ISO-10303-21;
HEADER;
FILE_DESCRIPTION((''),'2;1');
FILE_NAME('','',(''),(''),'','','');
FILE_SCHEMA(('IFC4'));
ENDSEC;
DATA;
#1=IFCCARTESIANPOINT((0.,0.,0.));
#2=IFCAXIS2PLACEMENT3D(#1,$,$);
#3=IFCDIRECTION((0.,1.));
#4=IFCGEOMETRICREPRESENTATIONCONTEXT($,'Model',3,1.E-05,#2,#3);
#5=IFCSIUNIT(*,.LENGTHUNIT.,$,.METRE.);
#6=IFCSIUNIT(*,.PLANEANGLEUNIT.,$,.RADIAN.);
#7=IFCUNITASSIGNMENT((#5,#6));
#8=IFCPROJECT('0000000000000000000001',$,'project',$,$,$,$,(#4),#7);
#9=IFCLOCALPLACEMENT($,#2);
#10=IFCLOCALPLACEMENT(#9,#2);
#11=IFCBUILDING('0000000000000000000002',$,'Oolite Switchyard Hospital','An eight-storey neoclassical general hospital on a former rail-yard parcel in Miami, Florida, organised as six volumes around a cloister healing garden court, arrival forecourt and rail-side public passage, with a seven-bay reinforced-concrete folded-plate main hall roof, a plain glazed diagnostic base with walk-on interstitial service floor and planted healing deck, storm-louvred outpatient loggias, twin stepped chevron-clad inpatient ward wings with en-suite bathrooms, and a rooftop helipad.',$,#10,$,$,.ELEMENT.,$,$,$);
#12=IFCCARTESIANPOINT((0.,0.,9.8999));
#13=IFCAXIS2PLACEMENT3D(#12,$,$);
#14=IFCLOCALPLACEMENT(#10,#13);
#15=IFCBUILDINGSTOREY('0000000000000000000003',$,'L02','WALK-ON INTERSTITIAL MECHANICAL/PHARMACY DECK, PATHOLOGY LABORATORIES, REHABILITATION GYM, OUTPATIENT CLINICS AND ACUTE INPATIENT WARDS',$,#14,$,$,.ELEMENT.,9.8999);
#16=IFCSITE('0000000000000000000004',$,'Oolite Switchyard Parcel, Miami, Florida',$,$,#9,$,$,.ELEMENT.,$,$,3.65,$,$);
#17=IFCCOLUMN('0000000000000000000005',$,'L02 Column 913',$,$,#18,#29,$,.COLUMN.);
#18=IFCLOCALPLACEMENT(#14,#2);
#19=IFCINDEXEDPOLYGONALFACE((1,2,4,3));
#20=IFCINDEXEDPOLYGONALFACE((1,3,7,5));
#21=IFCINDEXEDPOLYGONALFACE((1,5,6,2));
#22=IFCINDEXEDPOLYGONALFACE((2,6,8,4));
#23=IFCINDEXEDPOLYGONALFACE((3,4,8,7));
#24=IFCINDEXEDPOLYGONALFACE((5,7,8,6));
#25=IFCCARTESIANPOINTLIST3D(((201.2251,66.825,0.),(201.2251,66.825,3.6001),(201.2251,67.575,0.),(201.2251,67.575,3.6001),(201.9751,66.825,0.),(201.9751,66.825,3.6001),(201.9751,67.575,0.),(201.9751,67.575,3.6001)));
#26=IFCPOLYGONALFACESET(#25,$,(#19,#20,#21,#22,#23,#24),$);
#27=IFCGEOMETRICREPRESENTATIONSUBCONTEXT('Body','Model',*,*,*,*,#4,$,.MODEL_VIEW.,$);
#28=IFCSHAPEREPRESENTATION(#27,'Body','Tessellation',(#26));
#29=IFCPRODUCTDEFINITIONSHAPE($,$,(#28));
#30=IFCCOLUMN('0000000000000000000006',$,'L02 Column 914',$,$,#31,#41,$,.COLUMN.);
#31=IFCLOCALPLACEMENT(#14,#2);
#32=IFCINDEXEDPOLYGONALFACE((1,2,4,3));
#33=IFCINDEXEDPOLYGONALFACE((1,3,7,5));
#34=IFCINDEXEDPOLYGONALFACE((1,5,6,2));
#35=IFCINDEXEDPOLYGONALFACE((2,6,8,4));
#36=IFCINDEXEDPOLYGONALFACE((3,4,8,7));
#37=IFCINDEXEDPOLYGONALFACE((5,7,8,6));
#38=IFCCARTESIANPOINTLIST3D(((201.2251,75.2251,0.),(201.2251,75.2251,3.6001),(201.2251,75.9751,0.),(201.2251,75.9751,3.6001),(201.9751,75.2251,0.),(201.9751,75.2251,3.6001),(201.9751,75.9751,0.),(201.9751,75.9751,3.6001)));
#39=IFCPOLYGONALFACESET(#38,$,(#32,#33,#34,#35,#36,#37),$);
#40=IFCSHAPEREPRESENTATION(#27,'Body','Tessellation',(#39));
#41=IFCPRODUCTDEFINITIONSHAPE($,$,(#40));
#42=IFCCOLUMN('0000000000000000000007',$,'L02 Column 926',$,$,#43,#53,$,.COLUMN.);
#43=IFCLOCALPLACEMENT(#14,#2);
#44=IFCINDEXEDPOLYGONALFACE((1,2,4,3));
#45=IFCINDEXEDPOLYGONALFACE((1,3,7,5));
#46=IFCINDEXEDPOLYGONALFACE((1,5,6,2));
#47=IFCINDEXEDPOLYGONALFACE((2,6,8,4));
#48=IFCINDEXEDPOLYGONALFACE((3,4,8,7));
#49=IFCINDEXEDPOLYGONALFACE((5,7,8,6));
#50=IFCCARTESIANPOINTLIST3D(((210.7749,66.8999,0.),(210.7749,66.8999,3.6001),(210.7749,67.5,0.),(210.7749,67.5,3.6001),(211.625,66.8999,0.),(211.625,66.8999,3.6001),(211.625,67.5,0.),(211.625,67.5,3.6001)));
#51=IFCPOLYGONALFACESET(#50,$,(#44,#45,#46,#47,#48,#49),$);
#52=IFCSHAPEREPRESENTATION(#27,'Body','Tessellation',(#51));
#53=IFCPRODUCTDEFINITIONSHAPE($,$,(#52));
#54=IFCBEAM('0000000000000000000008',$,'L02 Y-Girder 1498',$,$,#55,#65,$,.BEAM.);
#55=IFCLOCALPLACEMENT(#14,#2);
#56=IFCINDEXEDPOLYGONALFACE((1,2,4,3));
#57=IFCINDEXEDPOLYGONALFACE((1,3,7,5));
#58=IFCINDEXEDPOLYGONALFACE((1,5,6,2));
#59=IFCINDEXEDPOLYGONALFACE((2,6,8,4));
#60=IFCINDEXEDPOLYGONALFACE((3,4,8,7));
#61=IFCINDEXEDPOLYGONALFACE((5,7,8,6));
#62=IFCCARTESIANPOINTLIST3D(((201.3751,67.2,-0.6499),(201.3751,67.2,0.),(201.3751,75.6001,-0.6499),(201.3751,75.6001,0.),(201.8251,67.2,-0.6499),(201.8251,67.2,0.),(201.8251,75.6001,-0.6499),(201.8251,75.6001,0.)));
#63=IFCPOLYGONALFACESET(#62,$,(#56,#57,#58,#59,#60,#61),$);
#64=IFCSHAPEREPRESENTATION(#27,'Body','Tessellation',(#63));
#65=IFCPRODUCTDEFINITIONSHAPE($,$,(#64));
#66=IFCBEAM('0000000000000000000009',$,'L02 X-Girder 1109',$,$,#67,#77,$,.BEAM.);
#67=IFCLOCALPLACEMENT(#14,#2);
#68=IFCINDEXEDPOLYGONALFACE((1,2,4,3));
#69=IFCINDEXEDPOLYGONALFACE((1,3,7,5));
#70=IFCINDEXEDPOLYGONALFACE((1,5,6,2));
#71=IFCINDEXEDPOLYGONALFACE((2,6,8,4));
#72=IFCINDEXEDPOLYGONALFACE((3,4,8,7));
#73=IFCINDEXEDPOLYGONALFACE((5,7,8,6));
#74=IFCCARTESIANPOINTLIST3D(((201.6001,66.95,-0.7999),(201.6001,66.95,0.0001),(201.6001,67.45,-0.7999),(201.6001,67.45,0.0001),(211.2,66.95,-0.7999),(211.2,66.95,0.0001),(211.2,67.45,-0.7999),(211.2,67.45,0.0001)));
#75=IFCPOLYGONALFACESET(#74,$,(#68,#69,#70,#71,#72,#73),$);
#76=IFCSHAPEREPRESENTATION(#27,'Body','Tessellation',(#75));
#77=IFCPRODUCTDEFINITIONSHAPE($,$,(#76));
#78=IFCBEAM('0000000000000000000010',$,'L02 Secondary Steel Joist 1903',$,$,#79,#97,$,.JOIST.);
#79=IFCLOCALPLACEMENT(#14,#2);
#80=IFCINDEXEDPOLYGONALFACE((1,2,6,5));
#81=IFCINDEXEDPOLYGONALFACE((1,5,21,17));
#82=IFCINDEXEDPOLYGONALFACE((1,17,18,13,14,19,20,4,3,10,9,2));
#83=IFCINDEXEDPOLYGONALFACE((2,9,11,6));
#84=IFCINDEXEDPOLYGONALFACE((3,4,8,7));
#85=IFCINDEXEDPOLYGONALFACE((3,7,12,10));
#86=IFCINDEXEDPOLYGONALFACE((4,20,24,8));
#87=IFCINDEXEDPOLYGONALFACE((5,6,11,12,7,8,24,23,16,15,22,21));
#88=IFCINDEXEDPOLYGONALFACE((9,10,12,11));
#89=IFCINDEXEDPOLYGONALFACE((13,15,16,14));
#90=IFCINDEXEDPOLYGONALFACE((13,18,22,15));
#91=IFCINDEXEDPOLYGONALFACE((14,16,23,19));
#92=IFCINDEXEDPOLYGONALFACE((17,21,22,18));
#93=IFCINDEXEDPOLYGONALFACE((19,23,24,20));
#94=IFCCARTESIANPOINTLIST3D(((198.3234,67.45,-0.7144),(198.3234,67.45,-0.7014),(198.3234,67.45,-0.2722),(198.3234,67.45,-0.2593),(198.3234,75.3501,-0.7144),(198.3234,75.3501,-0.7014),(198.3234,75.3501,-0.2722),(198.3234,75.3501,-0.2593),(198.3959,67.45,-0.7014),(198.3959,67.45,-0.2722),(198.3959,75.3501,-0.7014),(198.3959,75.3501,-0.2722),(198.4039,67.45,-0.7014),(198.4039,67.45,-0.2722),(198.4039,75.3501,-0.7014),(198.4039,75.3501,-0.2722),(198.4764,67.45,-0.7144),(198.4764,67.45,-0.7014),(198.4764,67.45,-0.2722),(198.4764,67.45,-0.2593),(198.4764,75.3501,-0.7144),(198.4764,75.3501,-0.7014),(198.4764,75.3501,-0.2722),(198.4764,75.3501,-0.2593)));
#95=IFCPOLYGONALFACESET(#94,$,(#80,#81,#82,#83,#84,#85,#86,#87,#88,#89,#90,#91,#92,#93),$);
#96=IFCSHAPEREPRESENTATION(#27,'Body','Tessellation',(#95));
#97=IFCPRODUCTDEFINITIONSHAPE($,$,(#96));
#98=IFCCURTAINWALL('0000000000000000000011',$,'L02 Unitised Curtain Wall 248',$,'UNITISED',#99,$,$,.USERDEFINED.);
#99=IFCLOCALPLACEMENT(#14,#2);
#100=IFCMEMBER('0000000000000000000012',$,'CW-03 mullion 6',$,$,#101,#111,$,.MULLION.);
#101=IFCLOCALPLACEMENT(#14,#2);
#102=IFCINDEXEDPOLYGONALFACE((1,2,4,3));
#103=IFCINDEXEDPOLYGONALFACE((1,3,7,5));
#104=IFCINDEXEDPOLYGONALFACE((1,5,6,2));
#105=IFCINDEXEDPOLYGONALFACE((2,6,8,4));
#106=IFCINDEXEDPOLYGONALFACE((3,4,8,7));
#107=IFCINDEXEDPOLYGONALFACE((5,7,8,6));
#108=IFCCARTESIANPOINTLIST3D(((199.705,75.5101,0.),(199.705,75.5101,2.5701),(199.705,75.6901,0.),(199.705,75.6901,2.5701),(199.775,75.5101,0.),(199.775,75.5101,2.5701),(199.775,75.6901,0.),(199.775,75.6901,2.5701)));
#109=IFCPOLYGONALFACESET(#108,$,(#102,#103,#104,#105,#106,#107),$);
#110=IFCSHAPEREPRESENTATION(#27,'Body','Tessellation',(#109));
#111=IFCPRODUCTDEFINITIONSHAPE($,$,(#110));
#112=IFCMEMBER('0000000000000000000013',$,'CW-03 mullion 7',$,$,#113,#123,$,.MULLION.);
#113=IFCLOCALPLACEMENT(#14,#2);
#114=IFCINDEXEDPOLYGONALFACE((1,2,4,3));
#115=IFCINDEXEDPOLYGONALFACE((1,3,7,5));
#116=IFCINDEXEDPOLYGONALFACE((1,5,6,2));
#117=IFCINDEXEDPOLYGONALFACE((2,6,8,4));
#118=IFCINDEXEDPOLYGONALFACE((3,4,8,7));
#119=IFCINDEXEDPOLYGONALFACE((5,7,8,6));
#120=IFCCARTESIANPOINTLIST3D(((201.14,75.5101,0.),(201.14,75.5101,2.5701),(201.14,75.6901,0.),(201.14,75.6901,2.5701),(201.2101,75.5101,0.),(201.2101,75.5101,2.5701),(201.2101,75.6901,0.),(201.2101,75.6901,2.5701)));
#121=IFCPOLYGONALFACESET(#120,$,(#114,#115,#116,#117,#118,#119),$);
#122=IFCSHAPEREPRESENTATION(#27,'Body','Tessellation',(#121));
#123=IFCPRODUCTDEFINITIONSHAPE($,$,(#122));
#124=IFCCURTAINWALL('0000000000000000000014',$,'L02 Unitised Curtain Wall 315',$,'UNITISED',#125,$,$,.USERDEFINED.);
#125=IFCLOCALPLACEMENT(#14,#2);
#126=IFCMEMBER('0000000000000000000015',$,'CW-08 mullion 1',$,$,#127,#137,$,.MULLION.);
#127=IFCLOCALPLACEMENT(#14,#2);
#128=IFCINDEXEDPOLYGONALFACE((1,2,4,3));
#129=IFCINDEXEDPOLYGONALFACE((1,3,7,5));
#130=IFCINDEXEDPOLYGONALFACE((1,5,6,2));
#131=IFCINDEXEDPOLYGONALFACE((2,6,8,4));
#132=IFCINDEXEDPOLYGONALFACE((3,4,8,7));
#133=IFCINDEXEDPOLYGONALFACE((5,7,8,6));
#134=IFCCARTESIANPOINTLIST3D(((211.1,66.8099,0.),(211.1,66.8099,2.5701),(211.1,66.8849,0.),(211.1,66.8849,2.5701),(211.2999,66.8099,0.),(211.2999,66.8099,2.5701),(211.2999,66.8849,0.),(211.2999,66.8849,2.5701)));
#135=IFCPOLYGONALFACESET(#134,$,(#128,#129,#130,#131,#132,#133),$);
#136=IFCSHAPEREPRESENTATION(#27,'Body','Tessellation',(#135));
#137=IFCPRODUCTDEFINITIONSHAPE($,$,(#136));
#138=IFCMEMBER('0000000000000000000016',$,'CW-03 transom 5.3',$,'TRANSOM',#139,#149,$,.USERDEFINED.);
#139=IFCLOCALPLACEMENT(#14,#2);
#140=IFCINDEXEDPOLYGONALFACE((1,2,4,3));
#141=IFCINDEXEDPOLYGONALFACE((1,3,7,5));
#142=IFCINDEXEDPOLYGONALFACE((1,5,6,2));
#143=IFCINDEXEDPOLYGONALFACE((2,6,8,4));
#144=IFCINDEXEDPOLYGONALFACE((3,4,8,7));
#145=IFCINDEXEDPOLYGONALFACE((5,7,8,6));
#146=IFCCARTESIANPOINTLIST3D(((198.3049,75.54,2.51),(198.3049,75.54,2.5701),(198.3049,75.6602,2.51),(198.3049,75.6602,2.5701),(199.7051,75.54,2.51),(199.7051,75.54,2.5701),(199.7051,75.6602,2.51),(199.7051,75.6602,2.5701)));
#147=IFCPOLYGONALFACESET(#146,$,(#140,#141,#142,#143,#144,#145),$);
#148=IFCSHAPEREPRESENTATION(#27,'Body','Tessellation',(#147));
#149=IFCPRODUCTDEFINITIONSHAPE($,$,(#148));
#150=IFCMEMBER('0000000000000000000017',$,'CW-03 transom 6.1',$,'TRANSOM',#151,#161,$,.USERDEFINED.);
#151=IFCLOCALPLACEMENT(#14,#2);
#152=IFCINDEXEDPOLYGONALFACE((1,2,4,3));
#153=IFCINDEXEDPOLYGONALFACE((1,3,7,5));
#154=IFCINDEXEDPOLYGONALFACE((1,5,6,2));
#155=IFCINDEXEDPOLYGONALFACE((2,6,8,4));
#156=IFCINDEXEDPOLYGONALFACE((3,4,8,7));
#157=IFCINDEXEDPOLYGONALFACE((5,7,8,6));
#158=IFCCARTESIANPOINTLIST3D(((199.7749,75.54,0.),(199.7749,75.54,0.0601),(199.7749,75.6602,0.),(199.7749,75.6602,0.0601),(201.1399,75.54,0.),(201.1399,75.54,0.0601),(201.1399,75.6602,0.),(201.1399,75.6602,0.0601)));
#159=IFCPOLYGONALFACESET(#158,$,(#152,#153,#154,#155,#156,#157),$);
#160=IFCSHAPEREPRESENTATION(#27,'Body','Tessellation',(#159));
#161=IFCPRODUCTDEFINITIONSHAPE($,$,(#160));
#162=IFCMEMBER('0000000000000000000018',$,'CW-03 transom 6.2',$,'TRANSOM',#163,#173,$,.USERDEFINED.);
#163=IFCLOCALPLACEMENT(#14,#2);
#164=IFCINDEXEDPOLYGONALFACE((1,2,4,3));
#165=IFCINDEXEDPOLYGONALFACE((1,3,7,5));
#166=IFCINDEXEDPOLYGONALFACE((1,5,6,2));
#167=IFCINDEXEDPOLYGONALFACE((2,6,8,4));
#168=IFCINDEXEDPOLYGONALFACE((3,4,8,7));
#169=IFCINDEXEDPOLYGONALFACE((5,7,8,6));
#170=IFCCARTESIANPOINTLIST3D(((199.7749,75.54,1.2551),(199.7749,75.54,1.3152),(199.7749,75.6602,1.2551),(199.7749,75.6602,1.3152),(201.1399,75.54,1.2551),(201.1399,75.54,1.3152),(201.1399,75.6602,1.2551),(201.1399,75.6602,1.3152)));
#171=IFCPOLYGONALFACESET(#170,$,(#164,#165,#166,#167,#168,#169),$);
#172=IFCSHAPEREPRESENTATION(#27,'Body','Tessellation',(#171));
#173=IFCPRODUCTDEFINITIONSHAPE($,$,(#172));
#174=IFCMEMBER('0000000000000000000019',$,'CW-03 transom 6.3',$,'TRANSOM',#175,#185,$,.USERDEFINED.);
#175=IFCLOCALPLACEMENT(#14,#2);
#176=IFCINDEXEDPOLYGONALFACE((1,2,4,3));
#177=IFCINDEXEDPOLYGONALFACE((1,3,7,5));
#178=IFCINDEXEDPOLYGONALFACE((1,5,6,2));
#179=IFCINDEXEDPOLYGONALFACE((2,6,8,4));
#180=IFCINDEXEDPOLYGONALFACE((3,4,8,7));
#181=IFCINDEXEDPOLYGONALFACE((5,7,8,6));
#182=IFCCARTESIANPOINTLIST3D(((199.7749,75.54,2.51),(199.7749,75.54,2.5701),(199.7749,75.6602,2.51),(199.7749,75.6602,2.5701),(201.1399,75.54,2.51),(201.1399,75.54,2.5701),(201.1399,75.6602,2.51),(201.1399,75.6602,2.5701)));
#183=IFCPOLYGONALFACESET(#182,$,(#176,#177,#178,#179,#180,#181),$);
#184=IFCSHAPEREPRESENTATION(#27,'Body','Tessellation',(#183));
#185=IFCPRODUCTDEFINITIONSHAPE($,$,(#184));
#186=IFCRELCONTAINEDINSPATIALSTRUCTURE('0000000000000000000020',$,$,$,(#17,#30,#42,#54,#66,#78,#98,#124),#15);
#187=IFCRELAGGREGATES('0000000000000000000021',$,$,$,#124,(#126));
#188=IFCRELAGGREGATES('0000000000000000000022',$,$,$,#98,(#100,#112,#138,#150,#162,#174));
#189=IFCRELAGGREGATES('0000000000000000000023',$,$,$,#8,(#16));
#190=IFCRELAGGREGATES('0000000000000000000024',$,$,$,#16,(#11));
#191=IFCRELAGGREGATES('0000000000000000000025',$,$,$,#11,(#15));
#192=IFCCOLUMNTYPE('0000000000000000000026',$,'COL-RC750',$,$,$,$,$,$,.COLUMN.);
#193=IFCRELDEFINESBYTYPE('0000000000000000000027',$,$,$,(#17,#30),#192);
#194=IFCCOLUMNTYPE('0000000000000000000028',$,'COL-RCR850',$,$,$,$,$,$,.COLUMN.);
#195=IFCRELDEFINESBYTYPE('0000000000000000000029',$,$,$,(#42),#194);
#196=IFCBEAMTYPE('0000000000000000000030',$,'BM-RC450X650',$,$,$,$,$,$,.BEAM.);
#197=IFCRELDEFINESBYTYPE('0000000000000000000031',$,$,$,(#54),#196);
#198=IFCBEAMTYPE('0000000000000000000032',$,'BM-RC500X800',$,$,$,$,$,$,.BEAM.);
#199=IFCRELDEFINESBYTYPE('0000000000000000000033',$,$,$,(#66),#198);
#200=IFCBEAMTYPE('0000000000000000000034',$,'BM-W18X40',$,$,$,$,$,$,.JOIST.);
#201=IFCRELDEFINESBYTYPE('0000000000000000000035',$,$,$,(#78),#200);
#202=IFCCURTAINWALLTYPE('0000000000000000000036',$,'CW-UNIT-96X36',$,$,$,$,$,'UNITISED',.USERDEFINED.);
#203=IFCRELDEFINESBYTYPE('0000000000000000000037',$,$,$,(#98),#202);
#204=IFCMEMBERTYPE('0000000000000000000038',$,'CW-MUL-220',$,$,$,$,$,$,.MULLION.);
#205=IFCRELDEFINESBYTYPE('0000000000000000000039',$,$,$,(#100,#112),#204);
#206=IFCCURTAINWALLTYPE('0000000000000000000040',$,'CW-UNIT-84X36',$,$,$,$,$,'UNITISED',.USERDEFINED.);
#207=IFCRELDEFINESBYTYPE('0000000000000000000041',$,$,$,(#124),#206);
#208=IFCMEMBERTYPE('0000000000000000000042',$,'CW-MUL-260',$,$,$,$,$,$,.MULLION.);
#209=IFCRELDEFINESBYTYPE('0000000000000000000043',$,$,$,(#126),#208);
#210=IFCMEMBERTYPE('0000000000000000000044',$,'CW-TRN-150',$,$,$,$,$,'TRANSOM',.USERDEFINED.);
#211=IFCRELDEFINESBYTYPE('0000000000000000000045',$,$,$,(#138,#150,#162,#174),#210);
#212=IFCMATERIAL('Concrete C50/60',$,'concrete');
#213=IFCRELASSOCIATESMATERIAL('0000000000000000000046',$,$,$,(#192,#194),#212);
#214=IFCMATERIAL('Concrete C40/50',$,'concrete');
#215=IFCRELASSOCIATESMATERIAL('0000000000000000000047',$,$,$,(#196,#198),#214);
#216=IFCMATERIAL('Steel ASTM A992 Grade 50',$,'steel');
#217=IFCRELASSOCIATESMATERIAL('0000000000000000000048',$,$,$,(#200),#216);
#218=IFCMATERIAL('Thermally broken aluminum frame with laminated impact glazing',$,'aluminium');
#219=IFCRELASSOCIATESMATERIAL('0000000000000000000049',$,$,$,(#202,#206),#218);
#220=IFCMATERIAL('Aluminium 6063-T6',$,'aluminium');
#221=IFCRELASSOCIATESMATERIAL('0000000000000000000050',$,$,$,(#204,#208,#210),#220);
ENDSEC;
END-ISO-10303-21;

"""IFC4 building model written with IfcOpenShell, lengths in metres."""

from ifc_helpers import new_model, si_unit, direction, frame, origin, origin_2d, place, context, subcontext, project, spatial, rectangle, i_section, extrude, material, material_profile, profile_set, type_object, element, aggregate, save


model = new_model("IFC4")

# Units and contexts
model_context = context("Model", 3, precision=1e-05, world=origin(), true_north=direction((0.0, 1.0)))
body_context = subcontext(model_context, "Body", "Model", "MODEL_VIEW")
ifc_project = project(units=[si_unit("LENGTHUNIT", "METRE"), si_unit("PLANEANGLEUNIT", "RADIAN")], contexts=[model_context])

# Site, building, storey
site_placement = place(None, origin())
site = spatial("IfcSite", under=ifc_project, at=site_placement, Name="Oolite Switchyard Parcel, Miami, Florida", CompositionType="ELEMENT", RefElevation=3.65)
building_placement = place(site_placement, origin())
building = spatial("IfcBuilding", under=site, at=building_placement, Name="Oolite Switchyard Hospital", Description="An eight-storey neoclassical general hospital on a former rail-yard parcel in Miami, Florida, organised as six volumes around a cloister healing garden court, arrival forecourt and rail-side public passage, with a seven-bay reinforced-concrete folded-plate main hall roof, a plain glazed diagnostic base with walk-on interstitial service floor and planted healing deck, storm-louvred outpatient loggias, twin stepped chevron-clad inpatient ward wings with en-suite bathrooms, and a rooftop helipad.", CompositionType="ELEMENT")
storey_placement = place(building_placement, frame((0.0, 0.0, 9.8999)))
storey = spatial("IfcBuildingStorey", under=building, at=storey_placement, Name="L02", Description="WALK-ON INTERSTITIAL MECHANICAL/PHARMACY DECK, PATHOLOGY LABORATORIES, REHABILITATION GYM, OUTPATIENT CLINICS AND ACUTE INPATIENT WARDS", CompositionType="ELEMENT", Elevation=9.8999)

# Columns
ifc_material_1 = material(Name="Concrete C50/60", Category="concrete")
ifc_material_profile_1 = material_profile(ifc_material_1, rectangle(XDim=0.75, YDim=0.75, at=origin_2d()), Name="RC750X750")
ifc_profile_set_1 = profile_set([ifc_material_profile_1], Name="Concrete C50/60")
column_type_1 = type_object("IfcColumnType", Name="COL-RC750", PredefinedType="COLUMN", material=ifc_profile_set_1)
for number, where, z_axis, x_axis, name in (
    (1, (201.6001, 67.2, 0.0), (0.0, 0.0, 1.0), (1.0, 0.0, 0.0), "L02 Column 913"),
    (2, (201.6001, 75.6001, 0.0), (0.0, 0.0, 1.0), (1.0, 0.0, 0.0), "L02 Column 914"),
):
    element("IfcColumn", number, at=place(storey_placement, frame(where, z_axis=z_axis, x_axis=x_axis)), inside=storey, type_object=column_type_1, Name=name, PredefinedType="COLUMN", context=body_context, shape_type="SweptSolid", body=[
        extrude(rectangle(XDim=0.75, YDim=0.75, at=origin_2d()), origin(), (0.0, 0.0, 1.0), 3.6001),
    ])
ifc_material_profile_2 = material_profile(ifc_material_1, rectangle(XDim=0.8501, YDim=0.6001, at=origin_2d()), Name="RC850X600")
ifc_profile_set_2 = profile_set([ifc_material_profile_2], Name="Concrete C50/60")
column_type_2 = type_object("IfcColumnType", Name="COL-RCR850", PredefinedType="COLUMN", material=ifc_profile_set_2)
column_placement = place(storey_placement, frame((211.2, 67.2, 0.0), z_axis=(0.0, 0.0, 1.0), x_axis=(1.0, 0.0, 0.0)))
element("IfcColumn", 3, at=column_placement, inside=storey, type_object=column_type_2, Name="L02 Column 926", PredefinedType="COLUMN", context=body_context, shape_type="SweptSolid", body=[
    extrude(rectangle(XDim=0.8501, YDim=0.6001, at=origin_2d()), origin(), (0.0, 0.0, 1.0), 3.6001),
])

# Beams
ifc_material_2 = material(Name="Concrete C40/50", Category="concrete")
ifc_material_profile_3 = material_profile(ifc_material_2, rectangle(XDim=0.45, YDim=0.6499, at=origin_2d()), Name="RCB450X650")
ifc_profile_set_3 = profile_set([ifc_material_profile_3], Name="Concrete C40/50")
beam_type_1 = type_object("IfcBeamType", Name="BM-RC450X650", PredefinedType="BEAM", material=ifc_profile_set_3)
beam_1_placement = place(storey_placement, frame((201.6001, 67.2, -0.325), z_axis=(0.0, 1.0, 0.0), x_axis=(-1.0, 0.0, 0.0)))
element("IfcBeam", 4, at=beam_1_placement, inside=storey, type_object=beam_type_1, Name="L02 Y-Girder 1498", PredefinedType="BEAM", context=body_context, shape_type="SweptSolid", body=[
    extrude(rectangle(XDim=0.45, YDim=0.6499, at=origin_2d()), origin(), (0.0, 0.0, 1.0), 8.4001),
])
ifc_material_profile_4 = material_profile(ifc_material_2, rectangle(XDim=0.5, YDim=0.8, at=origin_2d()), Name="RCB500X800")
ifc_profile_set_4 = profile_set([ifc_material_profile_4], Name="Concrete C40/50")
beam_type_2 = type_object("IfcBeamType", Name="BM-RC500X800", PredefinedType="BEAM", material=ifc_profile_set_4)
beam_2_placement = place(storey_placement, frame((201.6001, 67.2, -0.3999), z_axis=(1.0, 0.0, 0.0), x_axis=(0.0, 1.0, 0.0)))
element("IfcBeam", 5, at=beam_2_placement, inside=storey, type_object=beam_type_2, Name="L02 X-Girder 1109", PredefinedType="BEAM", context=body_context, shape_type="SweptSolid", body=[
    extrude(rectangle(XDim=0.5, YDim=0.8, at=origin_2d()), origin(), (0.0, 0.0, 1.0), 9.5999),
])
ifc_material_3 = material(Name="Steel ASTM A992 Grade 50", Category="steel")
ifc_material_profile_5 = material_profile(ifc_material_3, i_section(OverallWidth=0.1531, OverallDepth=0.4551, WebThickness=0.0081, FlangeThickness=0.0129, at=origin_2d()), Name="W18X40")
ifc_profile_set_5 = profile_set([ifc_material_profile_5], Name="Steel ASTM A992 Grade 50")
beam_type_3 = type_object("IfcBeamType", Name="BM-W18X40", PredefinedType="JOIST", material=ifc_profile_set_5)
beam_3_placement = place(storey_placement, frame((198.3999, 67.45, -0.4868), z_axis=(0.0, 1.0, 0.0), x_axis=(-1.0, 0.0, 0.0)))
element("IfcBeam", 6, at=beam_3_placement, inside=storey, type_object=beam_type_3, Name="L02 Secondary Steel Joist 1903", PredefinedType="JOIST", context=body_context, shape_type="SweptSolid", body=[
    extrude(i_section(OverallWidth=0.1531, OverallDepth=0.4551, WebThickness=0.0081, FlangeThickness=0.0129, at=origin_2d()), origin(), (0.0, 0.0, 1.0), 7.9001),
])

# Curtain wall, members
ifc_material_4 = material(Name="Thermally broken aluminum frame with laminated impact glazing", Category="aluminium")
curtain_wall_type_1 = type_object("IfcCurtainWallType", Name="CW-UNIT-96X36", ElementType="UNITISED", PredefinedType="USERDEFINED", material=ifc_material_4)
curtain_wall_1_placement = place(storey_placement, origin())
curtain_wall_1 = element("IfcCurtainWall", 7, at=curtain_wall_1_placement, inside=storey, type_object=curtain_wall_type_1, Name="L02 Unitised Curtain Wall 248", ObjectType="UNITISED", PredefinedType="USERDEFINED")
ifc_material_5 = material(Name="Aluminium 6063-T6", Category="aluminium")
ifc_material_profile_6 = material_profile(ifc_material_5, rectangle(XDim=0.1799, YDim=0.0701, at=origin_2d()), Name="CWM70X180")
ifc_profile_set_6 = profile_set([ifc_material_profile_6], Name="Aluminium 6063-T6")
member_type_1 = type_object("IfcMemberType", Name="CW-MUL-220", PredefinedType="MULLION", material=ifc_profile_set_6)
member_1_placement = place(storey_placement, frame((199.74, 75.6001, 0.0), z_axis=(0.0, 0.0, 1.0), x_axis=(0.0, 1.0, 0.0)))
member_1 = element("IfcMember", 8, at=member_1_placement, type_object=member_type_1, Name="CW-03 mullion 6", PredefinedType="MULLION", context=body_context, shape_type="SweptSolid", body=[
    extrude(rectangle(XDim=0.1799, YDim=0.0701, at=origin_2d()), origin(), (0.0, 0.0, 1.0), 2.5701),
])
member_2_placement = place(storey_placement, frame((201.175, 75.6001, 0.0), z_axis=(0.0, 0.0, 1.0), x_axis=(0.0, 1.0, 0.0)))
member_2 = element("IfcMember", 9, at=member_2_placement, type_object=member_type_1, Name="CW-03 mullion 7", PredefinedType="MULLION", context=body_context, shape_type="SweptSolid", body=[
    extrude(rectangle(XDim=0.1799, YDim=0.0701, at=origin_2d()), origin(), (0.0, 0.0, 1.0), 2.5701),
])

# Curtain wall, member
curtain_wall_type_2 = type_object("IfcCurtainWallType", Name="CW-UNIT-84X36", ElementType="UNITISED", PredefinedType="USERDEFINED", material=ifc_material_4)
curtain_wall_2_placement = place(storey_placement, origin())
curtain_wall_2 = element("IfcCurtainWall", 10, at=curtain_wall_2_placement, inside=storey, type_object=curtain_wall_type_2, Name="L02 Unitised Curtain Wall 315", ObjectType="UNITISED", PredefinedType="USERDEFINED")
ifc_material_profile_7 = material_profile(ifc_material_5, rectangle(XDim=0.2, YDim=0.075, at=origin_2d()), Name="CWM75X200")
ifc_profile_set_7 = profile_set([ifc_material_profile_7], Name="Aluminium 6063-T6")
member_type_2 = type_object("IfcMemberType", Name="CW-MUL-260", PredefinedType="MULLION", material=ifc_profile_set_7)
member_3_placement = place(storey_placement, frame((211.2, 66.8474, 0.0), z_axis=(0.0, 0.0, 1.0), x_axis=(1.0, 0.0, 0.0)))
member_3 = element("IfcMember", 11, at=member_3_placement, type_object=member_type_2, Name="CW-08 mullion 1", PredefinedType="MULLION", context=body_context, shape_type="SweptSolid", body=[
    extrude(rectangle(XDim=0.2, YDim=0.075, at=origin_2d()), origin(), (0.0, 0.0, 1.0), 2.5701),
])

# Members
ifc_material_profile_8 = material_profile(ifc_material_5, rectangle(XDim=0.1201, YDim=0.0601, at=origin_2d()), Name="CWT60X120")
ifc_profile_set_8 = profile_set([ifc_material_profile_8], Name="Aluminium 6063-T6")
member_type_3 = type_object("IfcMemberType", Name="CW-TRN-150", ElementType="TRANSOM", PredefinedType="USERDEFINED", material=ifc_profile_set_8)
member_4_placement = place(storey_placement, frame((198.3049, 75.6001, 2.54), z_axis=(1.0, 0.0, 0.0), x_axis=(0.0, 1.0, 0.0)))
member_4 = element("IfcMember", 12, at=member_4_placement, type_object=member_type_3, Name="CW-03 transom 5.3", ObjectType="TRANSOM", PredefinedType="USERDEFINED", context=body_context, shape_type="SweptSolid", body=[
    extrude(rectangle(XDim=0.1201, YDim=0.0601, at=origin_2d()), origin(), (0.0, 0.0, 1.0), 1.4001),
])
member_5_placement = place(storey_placement, frame((199.7749, 75.6001, 0.03), z_axis=(1.0, 0.0, 0.0), x_axis=(0.0, 1.0, 0.0)))
member_5 = element("IfcMember", 13, at=member_5_placement, type_object=member_type_3, Name="CW-03 transom 6.1", ObjectType="TRANSOM", PredefinedType="USERDEFINED", context=body_context, shape_type="SweptSolid", body=[
    extrude(rectangle(XDim=0.1201, YDim=0.0601, at=origin_2d()), origin(), (0.0, 0.0, 1.0), 1.365),
])
member_6_placement = place(storey_placement, frame((199.7749, 75.6001, 1.2852), z_axis=(1.0, 0.0, 0.0), x_axis=(0.0, 1.0, 0.0)))
member_6 = element("IfcMember", 14, at=member_6_placement, type_object=member_type_3, Name="CW-03 transom 6.2", ObjectType="TRANSOM", PredefinedType="USERDEFINED", context=body_context, shape_type="SweptSolid", body=[
    extrude(rectangle(XDim=0.1201, YDim=0.0601, at=origin_2d()), origin(), (0.0, 0.0, 1.0), 1.365),
])
member_7_placement = place(storey_placement, frame((199.7749, 75.6001, 2.54), z_axis=(1.0, 0.0, 0.0), x_axis=(0.0, 1.0, 0.0)))
member_7 = element("IfcMember", 15, at=member_7_placement, type_object=member_type_3, Name="CW-03 transom 6.3", ObjectType="TRANSOM", PredefinedType="USERDEFINED", context=body_context, shape_type="SweptSolid", body=[
    extrude(rectangle(XDim=0.1201, YDim=0.0601, at=origin_2d()), origin(), (0.0, 0.0, 1.0), 1.365),
])
aggregate(curtain_wall_2, [member_3])

aggregate(curtain_wall_1, [member_1, member_2, member_4, member_5, member_6, member_7])

save(model, "model.ifc")
